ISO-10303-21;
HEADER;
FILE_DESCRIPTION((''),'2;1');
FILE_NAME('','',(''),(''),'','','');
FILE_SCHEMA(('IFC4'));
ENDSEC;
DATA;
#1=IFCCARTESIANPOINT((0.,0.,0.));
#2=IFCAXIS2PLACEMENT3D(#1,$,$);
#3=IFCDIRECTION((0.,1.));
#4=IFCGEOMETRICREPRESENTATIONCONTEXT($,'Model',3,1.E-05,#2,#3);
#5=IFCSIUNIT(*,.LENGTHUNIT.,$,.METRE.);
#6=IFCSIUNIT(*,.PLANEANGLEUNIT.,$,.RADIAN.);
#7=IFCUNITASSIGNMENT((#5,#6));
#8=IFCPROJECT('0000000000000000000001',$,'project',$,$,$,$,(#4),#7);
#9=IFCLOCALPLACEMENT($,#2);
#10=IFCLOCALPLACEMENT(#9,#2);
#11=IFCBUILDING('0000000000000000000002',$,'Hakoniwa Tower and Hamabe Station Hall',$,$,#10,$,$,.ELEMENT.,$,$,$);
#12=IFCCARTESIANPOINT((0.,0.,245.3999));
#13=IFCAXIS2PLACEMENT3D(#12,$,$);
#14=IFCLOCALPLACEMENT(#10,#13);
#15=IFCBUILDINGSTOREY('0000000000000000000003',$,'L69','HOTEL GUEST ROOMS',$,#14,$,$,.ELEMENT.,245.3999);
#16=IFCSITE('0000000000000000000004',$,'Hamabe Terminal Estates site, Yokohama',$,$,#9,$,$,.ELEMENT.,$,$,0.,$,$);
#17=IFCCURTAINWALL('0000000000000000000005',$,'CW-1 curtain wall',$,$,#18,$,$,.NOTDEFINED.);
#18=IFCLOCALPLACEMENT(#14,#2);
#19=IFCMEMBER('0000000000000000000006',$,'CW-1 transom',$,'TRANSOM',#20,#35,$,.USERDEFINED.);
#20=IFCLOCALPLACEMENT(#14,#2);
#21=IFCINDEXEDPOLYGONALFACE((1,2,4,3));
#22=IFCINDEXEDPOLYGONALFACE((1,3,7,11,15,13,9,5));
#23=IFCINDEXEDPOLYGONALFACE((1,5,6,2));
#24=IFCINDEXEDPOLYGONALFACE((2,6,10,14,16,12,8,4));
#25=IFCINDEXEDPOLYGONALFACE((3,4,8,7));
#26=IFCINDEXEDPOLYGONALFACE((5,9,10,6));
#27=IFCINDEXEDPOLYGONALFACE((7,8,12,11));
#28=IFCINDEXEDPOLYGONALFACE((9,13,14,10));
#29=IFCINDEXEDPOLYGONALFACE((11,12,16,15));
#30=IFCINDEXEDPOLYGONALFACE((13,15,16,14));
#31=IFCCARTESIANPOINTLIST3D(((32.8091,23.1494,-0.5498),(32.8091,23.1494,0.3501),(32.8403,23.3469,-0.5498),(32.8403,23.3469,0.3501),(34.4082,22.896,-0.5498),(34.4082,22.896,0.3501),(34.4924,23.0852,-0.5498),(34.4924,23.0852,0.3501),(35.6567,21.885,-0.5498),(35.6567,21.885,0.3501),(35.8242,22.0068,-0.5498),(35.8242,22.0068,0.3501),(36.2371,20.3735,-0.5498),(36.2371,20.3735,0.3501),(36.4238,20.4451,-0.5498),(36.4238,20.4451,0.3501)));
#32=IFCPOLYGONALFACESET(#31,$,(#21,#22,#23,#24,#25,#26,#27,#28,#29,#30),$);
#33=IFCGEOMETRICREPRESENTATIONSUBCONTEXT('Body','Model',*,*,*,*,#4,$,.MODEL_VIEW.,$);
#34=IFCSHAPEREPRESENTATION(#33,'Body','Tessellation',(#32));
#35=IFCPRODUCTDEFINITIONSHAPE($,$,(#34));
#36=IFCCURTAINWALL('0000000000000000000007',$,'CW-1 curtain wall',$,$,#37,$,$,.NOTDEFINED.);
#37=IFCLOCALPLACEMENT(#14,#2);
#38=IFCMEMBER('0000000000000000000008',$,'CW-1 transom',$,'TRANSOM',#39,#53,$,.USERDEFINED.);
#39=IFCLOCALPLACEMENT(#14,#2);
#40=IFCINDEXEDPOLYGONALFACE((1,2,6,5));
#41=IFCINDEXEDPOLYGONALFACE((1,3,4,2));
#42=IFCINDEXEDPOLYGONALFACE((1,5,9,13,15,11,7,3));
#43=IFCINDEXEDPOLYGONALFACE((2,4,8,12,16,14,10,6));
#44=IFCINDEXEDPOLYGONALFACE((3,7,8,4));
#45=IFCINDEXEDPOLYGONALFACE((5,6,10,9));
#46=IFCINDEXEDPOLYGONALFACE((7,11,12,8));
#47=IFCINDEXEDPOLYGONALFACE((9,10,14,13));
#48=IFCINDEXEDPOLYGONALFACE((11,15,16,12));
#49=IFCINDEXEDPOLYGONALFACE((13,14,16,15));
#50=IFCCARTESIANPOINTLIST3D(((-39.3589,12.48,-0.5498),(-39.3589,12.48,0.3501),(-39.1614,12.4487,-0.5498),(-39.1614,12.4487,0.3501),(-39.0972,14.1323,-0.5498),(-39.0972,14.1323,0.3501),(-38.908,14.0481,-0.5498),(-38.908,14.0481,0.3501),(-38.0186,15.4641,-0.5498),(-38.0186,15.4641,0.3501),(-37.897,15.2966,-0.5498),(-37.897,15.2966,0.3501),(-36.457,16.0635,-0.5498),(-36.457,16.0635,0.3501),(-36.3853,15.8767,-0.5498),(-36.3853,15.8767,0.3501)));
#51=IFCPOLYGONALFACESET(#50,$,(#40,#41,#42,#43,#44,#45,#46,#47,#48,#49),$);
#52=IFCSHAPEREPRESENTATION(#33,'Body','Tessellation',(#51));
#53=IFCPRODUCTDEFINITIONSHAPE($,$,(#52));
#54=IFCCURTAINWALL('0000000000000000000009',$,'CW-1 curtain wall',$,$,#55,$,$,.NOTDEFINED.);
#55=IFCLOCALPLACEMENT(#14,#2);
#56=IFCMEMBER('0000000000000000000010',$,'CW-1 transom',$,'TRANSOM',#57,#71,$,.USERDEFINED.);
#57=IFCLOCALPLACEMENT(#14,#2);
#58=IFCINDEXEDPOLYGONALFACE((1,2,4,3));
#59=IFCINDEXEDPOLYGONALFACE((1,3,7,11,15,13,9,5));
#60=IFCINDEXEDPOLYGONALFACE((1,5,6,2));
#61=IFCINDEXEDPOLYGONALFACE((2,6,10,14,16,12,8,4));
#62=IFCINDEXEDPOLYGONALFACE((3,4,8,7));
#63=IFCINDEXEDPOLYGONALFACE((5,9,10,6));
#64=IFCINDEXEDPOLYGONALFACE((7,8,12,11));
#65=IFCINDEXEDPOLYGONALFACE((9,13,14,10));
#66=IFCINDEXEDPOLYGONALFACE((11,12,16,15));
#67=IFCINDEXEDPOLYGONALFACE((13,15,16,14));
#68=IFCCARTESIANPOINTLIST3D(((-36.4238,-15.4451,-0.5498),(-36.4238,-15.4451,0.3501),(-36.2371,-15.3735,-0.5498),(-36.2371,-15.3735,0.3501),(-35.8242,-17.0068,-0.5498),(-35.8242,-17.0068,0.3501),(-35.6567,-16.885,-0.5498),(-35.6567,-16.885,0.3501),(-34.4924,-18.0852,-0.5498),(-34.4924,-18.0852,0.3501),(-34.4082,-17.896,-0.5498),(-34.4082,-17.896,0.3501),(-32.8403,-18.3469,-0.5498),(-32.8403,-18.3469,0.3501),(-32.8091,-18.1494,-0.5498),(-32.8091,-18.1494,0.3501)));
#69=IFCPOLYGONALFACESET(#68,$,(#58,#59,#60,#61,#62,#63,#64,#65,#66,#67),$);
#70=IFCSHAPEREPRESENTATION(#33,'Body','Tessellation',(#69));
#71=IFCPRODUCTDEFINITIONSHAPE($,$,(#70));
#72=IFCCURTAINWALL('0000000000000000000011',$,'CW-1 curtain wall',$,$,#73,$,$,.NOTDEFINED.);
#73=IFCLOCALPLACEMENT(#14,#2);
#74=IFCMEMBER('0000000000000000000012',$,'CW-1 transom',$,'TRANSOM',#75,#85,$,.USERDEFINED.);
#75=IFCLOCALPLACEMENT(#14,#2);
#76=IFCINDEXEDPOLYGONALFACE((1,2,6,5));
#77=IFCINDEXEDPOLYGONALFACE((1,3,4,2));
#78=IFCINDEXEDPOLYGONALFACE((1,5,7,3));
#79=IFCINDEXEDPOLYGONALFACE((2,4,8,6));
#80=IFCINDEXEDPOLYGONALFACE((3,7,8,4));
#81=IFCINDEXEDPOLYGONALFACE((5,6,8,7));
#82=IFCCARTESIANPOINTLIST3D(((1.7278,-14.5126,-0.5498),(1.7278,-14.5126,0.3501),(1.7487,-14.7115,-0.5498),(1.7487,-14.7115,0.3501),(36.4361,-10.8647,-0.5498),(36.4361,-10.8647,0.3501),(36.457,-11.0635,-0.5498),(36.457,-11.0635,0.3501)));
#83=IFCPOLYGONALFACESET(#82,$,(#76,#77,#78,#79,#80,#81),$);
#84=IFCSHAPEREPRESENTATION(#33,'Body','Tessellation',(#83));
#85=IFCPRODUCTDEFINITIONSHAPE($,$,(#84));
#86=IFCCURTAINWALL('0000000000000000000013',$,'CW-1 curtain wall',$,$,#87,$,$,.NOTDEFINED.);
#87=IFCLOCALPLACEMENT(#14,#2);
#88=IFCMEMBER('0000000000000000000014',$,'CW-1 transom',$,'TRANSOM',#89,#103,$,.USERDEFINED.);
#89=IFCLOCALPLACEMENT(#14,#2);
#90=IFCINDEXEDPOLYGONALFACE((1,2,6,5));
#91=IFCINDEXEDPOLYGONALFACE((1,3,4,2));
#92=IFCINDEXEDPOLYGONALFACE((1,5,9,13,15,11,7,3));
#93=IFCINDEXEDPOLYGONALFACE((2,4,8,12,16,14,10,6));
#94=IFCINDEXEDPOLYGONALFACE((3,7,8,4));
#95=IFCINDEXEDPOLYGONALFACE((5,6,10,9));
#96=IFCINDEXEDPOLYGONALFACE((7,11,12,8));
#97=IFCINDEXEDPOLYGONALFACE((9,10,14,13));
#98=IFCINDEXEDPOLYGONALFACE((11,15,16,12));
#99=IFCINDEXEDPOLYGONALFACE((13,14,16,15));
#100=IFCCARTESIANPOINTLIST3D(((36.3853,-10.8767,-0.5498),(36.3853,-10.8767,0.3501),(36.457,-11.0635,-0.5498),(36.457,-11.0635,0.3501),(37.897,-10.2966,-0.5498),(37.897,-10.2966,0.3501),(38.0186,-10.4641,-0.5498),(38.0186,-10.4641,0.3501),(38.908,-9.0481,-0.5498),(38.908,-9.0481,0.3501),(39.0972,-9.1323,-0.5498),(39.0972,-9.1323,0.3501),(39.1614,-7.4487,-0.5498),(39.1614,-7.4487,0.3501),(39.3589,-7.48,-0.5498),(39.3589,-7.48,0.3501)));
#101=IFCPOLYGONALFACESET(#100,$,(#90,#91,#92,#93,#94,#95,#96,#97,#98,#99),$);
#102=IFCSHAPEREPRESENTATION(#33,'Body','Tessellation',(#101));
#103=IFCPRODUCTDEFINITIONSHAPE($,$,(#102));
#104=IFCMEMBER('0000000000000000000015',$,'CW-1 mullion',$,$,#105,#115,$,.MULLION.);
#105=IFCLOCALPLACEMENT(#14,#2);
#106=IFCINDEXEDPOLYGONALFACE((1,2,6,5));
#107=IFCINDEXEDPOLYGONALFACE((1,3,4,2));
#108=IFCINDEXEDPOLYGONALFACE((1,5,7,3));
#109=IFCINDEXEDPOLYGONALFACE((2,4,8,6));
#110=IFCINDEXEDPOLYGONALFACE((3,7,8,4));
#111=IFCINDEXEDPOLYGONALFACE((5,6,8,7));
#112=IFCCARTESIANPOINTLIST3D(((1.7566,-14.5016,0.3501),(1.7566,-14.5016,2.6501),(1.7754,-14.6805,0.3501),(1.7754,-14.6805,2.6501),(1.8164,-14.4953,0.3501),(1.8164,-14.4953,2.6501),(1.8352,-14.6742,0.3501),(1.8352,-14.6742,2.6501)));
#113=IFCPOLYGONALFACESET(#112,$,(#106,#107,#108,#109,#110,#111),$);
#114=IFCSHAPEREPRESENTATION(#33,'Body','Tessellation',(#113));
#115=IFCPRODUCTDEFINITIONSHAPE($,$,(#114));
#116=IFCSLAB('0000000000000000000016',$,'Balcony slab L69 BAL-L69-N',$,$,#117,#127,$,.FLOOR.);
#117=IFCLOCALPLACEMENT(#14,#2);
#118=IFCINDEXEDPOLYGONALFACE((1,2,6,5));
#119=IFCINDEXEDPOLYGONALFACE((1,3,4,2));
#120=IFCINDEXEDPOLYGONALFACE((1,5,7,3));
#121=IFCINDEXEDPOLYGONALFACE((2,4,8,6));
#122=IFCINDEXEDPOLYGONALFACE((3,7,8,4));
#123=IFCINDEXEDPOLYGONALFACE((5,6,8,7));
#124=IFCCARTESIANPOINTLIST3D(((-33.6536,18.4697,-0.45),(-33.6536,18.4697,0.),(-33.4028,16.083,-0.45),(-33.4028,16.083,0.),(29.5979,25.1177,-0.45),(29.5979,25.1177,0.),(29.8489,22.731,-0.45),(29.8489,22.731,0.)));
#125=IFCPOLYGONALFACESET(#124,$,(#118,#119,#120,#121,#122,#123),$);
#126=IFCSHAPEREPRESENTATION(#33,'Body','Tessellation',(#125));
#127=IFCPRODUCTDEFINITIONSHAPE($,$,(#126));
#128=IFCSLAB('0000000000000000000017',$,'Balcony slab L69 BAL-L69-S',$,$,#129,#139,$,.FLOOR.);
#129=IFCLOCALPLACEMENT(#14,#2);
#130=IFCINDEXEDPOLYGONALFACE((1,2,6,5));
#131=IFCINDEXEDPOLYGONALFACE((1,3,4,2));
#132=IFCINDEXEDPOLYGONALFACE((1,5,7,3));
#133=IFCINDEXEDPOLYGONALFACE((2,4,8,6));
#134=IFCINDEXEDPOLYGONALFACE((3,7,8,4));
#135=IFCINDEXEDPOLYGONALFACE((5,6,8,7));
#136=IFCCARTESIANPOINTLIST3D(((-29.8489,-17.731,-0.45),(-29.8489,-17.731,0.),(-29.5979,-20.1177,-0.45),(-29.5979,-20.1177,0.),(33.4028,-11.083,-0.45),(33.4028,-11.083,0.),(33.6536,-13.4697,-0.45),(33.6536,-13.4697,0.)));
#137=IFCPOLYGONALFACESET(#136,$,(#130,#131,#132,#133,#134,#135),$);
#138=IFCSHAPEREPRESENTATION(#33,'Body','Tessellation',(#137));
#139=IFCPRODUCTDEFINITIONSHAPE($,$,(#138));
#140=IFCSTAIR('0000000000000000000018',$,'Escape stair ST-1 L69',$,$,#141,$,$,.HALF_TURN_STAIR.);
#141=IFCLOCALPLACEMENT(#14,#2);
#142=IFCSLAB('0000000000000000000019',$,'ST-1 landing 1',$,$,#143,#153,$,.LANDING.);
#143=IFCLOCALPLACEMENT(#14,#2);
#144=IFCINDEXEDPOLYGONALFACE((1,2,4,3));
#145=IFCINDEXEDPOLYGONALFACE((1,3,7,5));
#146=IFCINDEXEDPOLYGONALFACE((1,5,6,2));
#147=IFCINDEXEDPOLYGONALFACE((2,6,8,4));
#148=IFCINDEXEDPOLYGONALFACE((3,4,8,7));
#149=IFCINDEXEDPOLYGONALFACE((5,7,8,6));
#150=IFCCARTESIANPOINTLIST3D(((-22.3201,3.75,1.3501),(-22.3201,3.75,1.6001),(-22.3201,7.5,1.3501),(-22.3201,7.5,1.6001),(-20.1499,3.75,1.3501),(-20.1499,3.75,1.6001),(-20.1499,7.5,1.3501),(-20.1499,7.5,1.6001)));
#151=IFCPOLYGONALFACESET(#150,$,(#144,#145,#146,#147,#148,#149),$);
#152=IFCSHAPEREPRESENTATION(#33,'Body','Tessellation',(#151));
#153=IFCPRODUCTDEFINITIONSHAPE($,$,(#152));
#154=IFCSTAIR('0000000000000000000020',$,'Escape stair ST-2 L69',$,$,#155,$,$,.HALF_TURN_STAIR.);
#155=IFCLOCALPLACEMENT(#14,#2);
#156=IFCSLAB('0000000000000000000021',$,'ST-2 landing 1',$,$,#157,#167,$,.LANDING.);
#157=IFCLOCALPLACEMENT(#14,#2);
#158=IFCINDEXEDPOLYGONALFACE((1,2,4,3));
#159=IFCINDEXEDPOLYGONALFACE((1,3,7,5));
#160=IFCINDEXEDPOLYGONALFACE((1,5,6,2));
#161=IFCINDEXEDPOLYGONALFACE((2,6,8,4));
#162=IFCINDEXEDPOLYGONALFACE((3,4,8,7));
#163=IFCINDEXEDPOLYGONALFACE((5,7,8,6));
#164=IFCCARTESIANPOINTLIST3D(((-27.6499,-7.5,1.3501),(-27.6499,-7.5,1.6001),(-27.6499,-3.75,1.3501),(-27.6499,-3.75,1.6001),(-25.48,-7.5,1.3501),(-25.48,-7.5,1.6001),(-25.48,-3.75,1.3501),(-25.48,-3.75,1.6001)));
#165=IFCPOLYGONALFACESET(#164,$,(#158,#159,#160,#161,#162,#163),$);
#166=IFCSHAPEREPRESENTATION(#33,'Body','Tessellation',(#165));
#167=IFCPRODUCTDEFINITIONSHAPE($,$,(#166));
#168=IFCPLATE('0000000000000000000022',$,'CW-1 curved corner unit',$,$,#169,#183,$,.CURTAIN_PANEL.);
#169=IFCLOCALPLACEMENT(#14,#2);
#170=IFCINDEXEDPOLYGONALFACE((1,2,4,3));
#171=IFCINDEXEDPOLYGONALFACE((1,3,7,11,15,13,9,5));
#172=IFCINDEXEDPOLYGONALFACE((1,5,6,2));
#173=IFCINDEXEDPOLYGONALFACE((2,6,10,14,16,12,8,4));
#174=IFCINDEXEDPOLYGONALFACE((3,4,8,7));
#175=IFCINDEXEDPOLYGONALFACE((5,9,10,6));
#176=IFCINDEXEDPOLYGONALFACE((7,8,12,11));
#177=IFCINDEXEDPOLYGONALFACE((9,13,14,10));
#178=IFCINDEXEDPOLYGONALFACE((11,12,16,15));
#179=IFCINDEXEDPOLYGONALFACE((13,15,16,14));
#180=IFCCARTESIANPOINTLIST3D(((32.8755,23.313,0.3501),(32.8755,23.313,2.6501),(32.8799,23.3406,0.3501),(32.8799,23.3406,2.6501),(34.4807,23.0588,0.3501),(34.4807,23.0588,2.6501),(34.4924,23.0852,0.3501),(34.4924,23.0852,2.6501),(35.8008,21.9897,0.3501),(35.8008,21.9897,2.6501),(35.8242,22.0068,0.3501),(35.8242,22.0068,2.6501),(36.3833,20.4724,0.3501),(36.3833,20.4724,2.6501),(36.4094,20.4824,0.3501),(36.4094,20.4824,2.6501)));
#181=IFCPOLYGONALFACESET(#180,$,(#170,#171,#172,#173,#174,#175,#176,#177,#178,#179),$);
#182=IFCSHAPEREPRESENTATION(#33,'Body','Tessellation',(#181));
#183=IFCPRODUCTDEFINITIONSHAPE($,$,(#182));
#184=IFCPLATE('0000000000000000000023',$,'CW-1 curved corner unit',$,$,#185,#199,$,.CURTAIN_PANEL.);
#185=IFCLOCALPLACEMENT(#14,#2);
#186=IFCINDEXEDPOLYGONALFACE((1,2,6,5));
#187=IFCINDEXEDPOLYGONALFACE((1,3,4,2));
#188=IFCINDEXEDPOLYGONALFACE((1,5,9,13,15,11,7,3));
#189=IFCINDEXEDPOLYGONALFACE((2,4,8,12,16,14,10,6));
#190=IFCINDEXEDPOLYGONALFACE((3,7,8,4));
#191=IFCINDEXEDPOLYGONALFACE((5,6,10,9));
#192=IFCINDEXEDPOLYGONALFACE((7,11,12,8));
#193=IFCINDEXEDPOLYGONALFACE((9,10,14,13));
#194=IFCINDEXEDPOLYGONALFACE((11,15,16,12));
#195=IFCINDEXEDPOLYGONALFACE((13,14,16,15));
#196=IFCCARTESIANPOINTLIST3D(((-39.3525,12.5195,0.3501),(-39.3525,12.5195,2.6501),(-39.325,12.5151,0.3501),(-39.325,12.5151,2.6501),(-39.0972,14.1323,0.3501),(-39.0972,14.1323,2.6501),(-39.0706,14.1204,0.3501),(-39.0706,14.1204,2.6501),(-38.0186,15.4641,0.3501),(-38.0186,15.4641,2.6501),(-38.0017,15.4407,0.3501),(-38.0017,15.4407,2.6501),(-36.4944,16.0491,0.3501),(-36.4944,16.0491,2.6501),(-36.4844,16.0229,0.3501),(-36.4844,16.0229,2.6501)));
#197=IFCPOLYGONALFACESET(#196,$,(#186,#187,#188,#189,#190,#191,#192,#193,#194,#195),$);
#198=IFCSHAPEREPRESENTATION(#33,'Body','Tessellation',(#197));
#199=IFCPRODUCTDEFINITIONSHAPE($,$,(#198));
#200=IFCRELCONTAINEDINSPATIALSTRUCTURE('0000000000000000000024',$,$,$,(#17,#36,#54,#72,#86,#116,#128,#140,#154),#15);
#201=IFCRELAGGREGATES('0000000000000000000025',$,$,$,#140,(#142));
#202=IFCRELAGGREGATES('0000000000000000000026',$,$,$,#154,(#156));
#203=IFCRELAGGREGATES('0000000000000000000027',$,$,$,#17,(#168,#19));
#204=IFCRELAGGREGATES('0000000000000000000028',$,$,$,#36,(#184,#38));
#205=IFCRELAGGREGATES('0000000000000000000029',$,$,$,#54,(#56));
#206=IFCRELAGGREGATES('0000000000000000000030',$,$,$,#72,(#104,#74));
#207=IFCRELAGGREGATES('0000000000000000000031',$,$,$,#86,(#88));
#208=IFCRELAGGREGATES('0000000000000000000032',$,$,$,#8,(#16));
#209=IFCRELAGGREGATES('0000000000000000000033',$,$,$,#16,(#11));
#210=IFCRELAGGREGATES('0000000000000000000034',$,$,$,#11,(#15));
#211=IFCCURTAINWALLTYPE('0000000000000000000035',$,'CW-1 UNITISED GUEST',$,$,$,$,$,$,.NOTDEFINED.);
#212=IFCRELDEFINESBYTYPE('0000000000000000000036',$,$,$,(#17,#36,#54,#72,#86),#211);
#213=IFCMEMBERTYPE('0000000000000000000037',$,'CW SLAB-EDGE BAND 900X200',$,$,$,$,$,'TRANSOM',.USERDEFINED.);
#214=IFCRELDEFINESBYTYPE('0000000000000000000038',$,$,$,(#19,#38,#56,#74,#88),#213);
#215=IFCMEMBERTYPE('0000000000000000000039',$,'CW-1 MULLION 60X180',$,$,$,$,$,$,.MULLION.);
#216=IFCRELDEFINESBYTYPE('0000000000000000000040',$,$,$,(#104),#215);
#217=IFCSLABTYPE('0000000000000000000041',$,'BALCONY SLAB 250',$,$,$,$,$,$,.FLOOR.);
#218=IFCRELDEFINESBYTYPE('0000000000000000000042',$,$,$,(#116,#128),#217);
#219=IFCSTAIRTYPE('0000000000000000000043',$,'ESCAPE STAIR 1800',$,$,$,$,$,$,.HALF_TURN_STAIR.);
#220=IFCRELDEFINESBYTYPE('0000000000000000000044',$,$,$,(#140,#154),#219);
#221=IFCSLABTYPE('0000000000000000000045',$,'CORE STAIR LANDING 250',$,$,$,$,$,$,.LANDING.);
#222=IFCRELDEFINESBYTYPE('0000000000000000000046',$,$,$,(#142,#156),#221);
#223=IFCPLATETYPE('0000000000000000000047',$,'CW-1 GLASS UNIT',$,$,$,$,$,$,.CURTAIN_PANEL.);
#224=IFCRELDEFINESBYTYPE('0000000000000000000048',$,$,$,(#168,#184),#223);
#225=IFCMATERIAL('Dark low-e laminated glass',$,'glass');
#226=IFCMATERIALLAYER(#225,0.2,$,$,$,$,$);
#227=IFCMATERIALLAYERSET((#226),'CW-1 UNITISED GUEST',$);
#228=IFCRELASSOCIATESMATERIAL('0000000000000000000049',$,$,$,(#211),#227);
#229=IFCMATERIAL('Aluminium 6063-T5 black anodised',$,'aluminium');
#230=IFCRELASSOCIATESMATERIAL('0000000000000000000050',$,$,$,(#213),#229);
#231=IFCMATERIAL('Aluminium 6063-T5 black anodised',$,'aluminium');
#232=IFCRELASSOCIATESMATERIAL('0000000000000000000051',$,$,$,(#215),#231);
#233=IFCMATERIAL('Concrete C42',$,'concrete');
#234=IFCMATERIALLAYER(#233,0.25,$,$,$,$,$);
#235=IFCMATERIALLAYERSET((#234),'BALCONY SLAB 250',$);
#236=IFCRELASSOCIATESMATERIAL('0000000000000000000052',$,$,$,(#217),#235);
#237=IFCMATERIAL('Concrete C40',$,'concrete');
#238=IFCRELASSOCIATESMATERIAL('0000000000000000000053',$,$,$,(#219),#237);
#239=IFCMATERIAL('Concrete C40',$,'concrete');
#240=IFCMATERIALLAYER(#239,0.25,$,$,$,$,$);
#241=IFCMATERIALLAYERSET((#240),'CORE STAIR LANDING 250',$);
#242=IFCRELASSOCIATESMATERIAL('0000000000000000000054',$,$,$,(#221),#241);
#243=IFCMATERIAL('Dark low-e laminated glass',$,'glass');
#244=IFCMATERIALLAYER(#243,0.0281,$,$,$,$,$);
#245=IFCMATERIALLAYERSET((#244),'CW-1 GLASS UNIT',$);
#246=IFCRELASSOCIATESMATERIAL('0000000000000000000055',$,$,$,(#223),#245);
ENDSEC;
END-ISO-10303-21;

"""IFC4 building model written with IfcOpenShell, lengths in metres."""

from ifc_helpers import new_model, si_unit, direction, frame, origin, origin_2d, place, context, subcontext, project, spatial, polyline, rectangle, outline, extrude, material, layer, layer_set, material_profile, profile_set, type_object, element, aggregate, save


model = new_model("IFC4")

# Units and contexts
model_context = context("Model", 3, precision=1e-05, world=origin(), true_north=direction((0.0, 1.0)))
body_context = subcontext(model_context, "Body", "Model", "MODEL_VIEW")
ifc_project = project(units=[si_unit("LENGTHUNIT", "METRE"), si_unit("PLANEANGLEUNIT", "RADIAN")], contexts=[model_context])

# Site, building, storey
site_placement = place(None, origin())
site = spatial("IfcSite", under=ifc_project, at=site_placement, Name="Hamabe Terminal Estates site, Yokohama", CompositionType="ELEMENT", RefElevation=0.0)
building_placement = place(site_placement, origin())
building = spatial("IfcBuilding", under=site, at=building_placement, Name="Hakoniwa Tower and Hamabe Station Hall", CompositionType="ELEMENT")
storey_placement = place(building_placement, frame((0.0, 0.0, 245.3999)))
storey = spatial("IfcBuildingStorey", under=building, at=storey_placement, Name="L69", Description="HOTEL GUEST ROOMS", CompositionType="ELEMENT", Elevation=245.3999)

# Curtain walls, members
ifc_material_1 = material(Name="Dark low-e laminated glass", Category="glass")
ifc_layer_1 = layer(ifc_material_1, 0.2)
ifc_layer_set_1 = layer_set([ifc_layer_1], Name="CW-1 UNITISED GUEST")
curtain_wall_type = type_object("IfcCurtainWallType", Name="CW-1 UNITISED GUEST", PredefinedType="NOTDEFINED", material=ifc_layer_set_1)
curtain_wall_1_placement = place(storey_placement, origin())
curtain_wall_1 = element("IfcCurtainWall", 1, at=curtain_wall_1_placement, inside=storey, type_object=curtain_wall_type, Name="CW-1 curtain wall", PredefinedType="NOTDEFINED")
ifc_material_2 = material(Name="Aluminium 6063-T5 black anodised", Category="aluminium")
ifc_material_profile_1 = material_profile(ifc_material_2, rectangle(XDim=0.2, YDim=0.8999, at=origin_2d()), Name="CW SLAB-EDGE BAND 900X200")
ifc_profile_set_1 = profile_set([ifc_material_profile_1], Name="Aluminium 6063-T5 black anodised")
member_type_1 = type_object("IfcMemberType", Name="CW SLAB-EDGE BAND 900X200", ElementType="TRANSOM", PredefinedType="USERDEFINED", material=ifc_profile_set_1)
member_1_placement = place(storey_placement, frame((0.0, 0.0, -0.5498)))
member_1 = element("IfcMember", 2, at=member_1_placement, type_object=member_type_1, Name="CW-1 transom", ObjectType="TRANSOM", PredefinedType="USERDEFINED", context=body_context, shape_type="SweptSolid", body=[
    extrude(outline(polyline([(36.4238, 20.4451), (35.8242, 22.0068), (34.4924, 23.0852), (32.8403, 23.3469), (32.8091, 23.1494), (34.4082, 22.896), (35.6567, 21.885), (36.2371, 20.3735), (36.4238, 20.4451)])), origin(), (0.0, 0.0, 1.0), 0.8999),
])
curtain_wall_2_placement = place(storey_placement, origin())
curtain_wall_2 = element("IfcCurtainWall", 3, at=curtain_wall_2_placement, inside=storey, type_object=curtain_wall_type, Name="CW-1 curtain wall", PredefinedType="NOTDEFINED")
member_2_placement = place(storey_placement, frame((0.0, 0.0, -0.5498)))
member_2 = element("IfcMember", 4, at=member_2_placement, type_object=member_type_1, Name="CW-1 transom", ObjectType="TRANSOM", PredefinedType="USERDEFINED", context=body_context, shape_type="SweptSolid", body=[
    extrude(outline(polyline([(-36.457, 16.0635), (-38.0186, 15.4641), (-39.0972, 14.1323), (-39.3589, 12.48), (-39.1614, 12.4487), (-38.908, 14.0481), (-37.897, 15.2966), (-36.3853, 15.8767), (-36.457, 16.0635)])), origin(), (0.0, 0.0, 1.0), 0.8999),
])
curtain_wall_3_placement = place(storey_placement, origin())
curtain_wall_3 = element("IfcCurtainWall", 5, at=curtain_wall_3_placement, inside=storey, type_object=curtain_wall_type, Name="CW-1 curtain wall", PredefinedType="NOTDEFINED")
member_3_placement = place(storey_placement, frame((0.0, 0.0, -0.5498)))
member_3 = element("IfcMember", 6, at=member_3_placement, type_object=member_type_1, Name="CW-1 transom", ObjectType="TRANSOM", PredefinedType="USERDEFINED", context=body_context, shape_type="SweptSolid", body=[
    extrude(outline(polyline([(-36.4238, -15.4451), (-35.8242, -17.0068), (-34.4924, -18.0852), (-32.8403, -18.3469), (-32.8091, -18.1494), (-34.4082, -17.896), (-35.6567, -16.885), (-36.2371, -15.3735), (-36.4238, -15.4451)])), origin(), (0.0, 0.0, 1.0), 0.8999),
])
curtain_wall_4_placement = place(storey_placement, origin())
curtain_wall_4 = element("IfcCurtainWall", 7, at=curtain_wall_4_placement, inside=storey, type_object=curtain_wall_type, Name="CW-1 curtain wall", PredefinedType="NOTDEFINED")
member_4_placement = place(storey_placement, frame((1.7383, -14.6121, -0.0999), z_axis=(0.994522, 0.104527, 0.0), x_axis=(-0.104527, 0.994522, 0.0)))
member_4 = element("IfcMember", 8, at=member_4_placement, type_object=member_type_1, Name="CW-1 transom", ObjectType="TRANSOM", PredefinedType="USERDEFINED", context=body_context, shape_type="SweptSolid", body=[
    extrude(rectangle(XDim=0.2, YDim=0.8999, at=origin_2d()), origin(), (0.0, 0.0, 1.0), 34.8994),
])
curtain_wall_5_placement = place(storey_placement, origin())
curtain_wall_5 = element("IfcCurtainWall", 9, at=curtain_wall_5_placement, inside=storey, type_object=curtain_wall_type, Name="CW-1 curtain wall", PredefinedType="NOTDEFINED")
member_5_placement = place(storey_placement, frame((0.0, 0.0, -0.5498)))
member_5 = element("IfcMember", 10, at=member_5_placement, type_object=member_type_1, Name="CW-1 transom", ObjectType="TRANSOM", PredefinedType="USERDEFINED", context=body_context, shape_type="SweptSolid", body=[
    extrude(outline(polyline([(36.457, -11.0635), (38.0186, -10.4641), (39.0972, -9.1323), (39.3589, -7.48), (39.1614, -7.4487), (38.908, -9.0481), (37.897, -10.2966), (36.3853, -10.8767), (36.457, -11.0635)])), origin(), (0.0, 0.0, 1.0), 0.8999),
])

# Member
ifc_material_3 = material(Name="Aluminium 6063-T5 black anodised", Category="aluminium")
ifc_material_profile_2 = material_profile(ifc_material_3, rectangle(XDim=0.0601, YDim=0.1799, at=origin_2d()), Name="CW-1 MULLION 60X180")
ifc_profile_set_2 = profile_set([ifc_material_profile_2], Name="Aluminium 6063-T5 black anodised")
member_type_2 = type_object("IfcMemberType", Name="CW-1 MULLION 60X180", PredefinedType="MULLION", material=ifc_profile_set_2)
member_6_placement = place(storey_placement, frame((1.7959, -14.5879, 0.3501), z_axis=(0.0, 0.0, 1.0), x_axis=(0.994522, 0.104528, 0.0)))
member_6 = element("IfcMember", 11, at=member_6_placement, type_object=member_type_2, Name="CW-1 mullion", PredefinedType="MULLION", context=body_context, shape_type="SweptSolid", body=[
    extrude(rectangle(XDim=0.0601, YDim=0.1799, at=origin_2d()), origin(), (0.0, 0.0, 1.0), 2.3),
])

# Slabs
ifc_material_4 = material(Name="Concrete C42", Category="concrete")
ifc_layer_2 = layer(ifc_material_4, 0.25)
ifc_layer_set_2 = layer_set([ifc_layer_2], Name="BALCONY SLAB 250")
slab_type_1 = type_object("IfcSlabType", Name="BALCONY SLAB 250", PredefinedType="FLOOR", material=ifc_layer_set_2)
slab_1_placement = place(storey_placement, frame((0.0, 0.0, -0.45)))
element("IfcSlab", 12, at=slab_1_placement, inside=storey, type_object=slab_type_1, Name="Balcony slab L69 BAL-L69-N", PredefinedType="FLOOR", context=body_context, shape_type="SweptSolid", body=[
    extrude(outline(polyline([(-33.4028, 16.083), (29.8489, 22.731), (29.5979, 25.1177), (-33.6536, 18.4697), (-33.4028, 16.083)])), origin(), (0.0, 0.0, 1.0), 0.45),
])
slab_2_placement = place(storey_placement, frame((0.0, 0.0, -0.45)))
element("IfcSlab", 13, at=slab_2_placement, inside=storey, type_object=slab_type_1, Name="Balcony slab L69 BAL-L69-S", PredefinedType="FLOOR", context=body_context, shape_type="SweptSolid", body=[
    extrude(outline(polyline([(-29.5979, -20.1177), (33.6536, -13.4697), (33.4028, -11.083), (-29.8489, -17.731), (-29.5979, -20.1177)])), origin(), (0.0, 0.0, 1.0), 0.45),
])

# Stairs, slabs
ifc_material_5 = material(Name="Concrete C40", Category="concrete")
stair_type = type_object("IfcStairType", Name="ESCAPE STAIR 1800", PredefinedType="HALF_TURN_STAIR", material=ifc_material_5)
stair_1_placement = place(storey_placement, origin())
stair_1 = element("IfcStair", 14, at=stair_1_placement, inside=storey, type_object=stair_type, Name="Escape stair ST-1 L69", PredefinedType="HALF_TURN_STAIR")
ifc_material_6 = material(Name="Concrete C40", Category="concrete")
ifc_layer_3 = layer(ifc_material_6, 0.25)
ifc_layer_set_3 = layer_set([ifc_layer_3], Name="CORE STAIR LANDING 250")
slab_type_2 = type_object("IfcSlabType", Name="CORE STAIR LANDING 250", PredefinedType="LANDING", material=ifc_layer_set_3)
slab_3_placement = place(storey_placement, frame((0.0, 0.0, 1.3501)))
slab_3 = element("IfcSlab", 15, at=slab_3_placement, type_object=slab_type_2, Name="ST-1 landing 1", PredefinedType="LANDING", context=body_context, shape_type="SweptSolid", body=[
    extrude(outline(polyline([(-22.3201, 3.75), (-20.1499, 3.75), (-20.1499, 7.5), (-22.3201, 7.5), (-22.3201, 3.75)])), origin(), (0.0, 0.0, 1.0), 0.25),
])
aggregate(stair_1, [slab_3])
stair_2_placement = place(storey_placement, origin())
stair_2 = element("IfcStair", 16, at=stair_2_placement, inside=storey, type_object=stair_type, Name="Escape stair ST-2 L69", PredefinedType="HALF_TURN_STAIR")
slab_4_placement = place(storey_placement, frame((0.0, 0.0, 1.3501)))
slab_4 = element("IfcSlab", 17, at=slab_4_placement, type_object=slab_type_2, Name="ST-2 landing 1", PredefinedType="LANDING", context=body_context, shape_type="SweptSolid", body=[
    extrude(outline(polyline([(-25.48, -7.5), (-27.6499, -7.5), (-27.6499, -3.75), (-25.48, -3.75), (-25.48, -7.5)])), origin(), (0.0, 0.0, 1.0), 0.25),
])
aggregate(stair_2, [slab_4])

# Plates
ifc_material_7 = material(Name="Dark low-e laminated glass", Category="glass")
ifc_layer_4 = layer(ifc_material_7, 0.0281)
ifc_layer_set_4 = layer_set([ifc_layer_4], Name="CW-1 GLASS UNIT")
plate_type = type_object("IfcPlateType", Name="CW-1 GLASS UNIT", PredefinedType="CURTAIN_PANEL", material=ifc_layer_set_4)
plate_1_placement = place(storey_placement, frame((0.0, 0.0, 0.3501)))
plate_1 = element("IfcPlate", 18, at=plate_1_placement, type_object=plate_type, Name="CW-1 curved corner unit", PredefinedType="CURTAIN_PANEL", context=body_context, shape_type="SweptSolid", body=[
    extrude(outline(polyline([(36.4094, 20.4824), (35.8242, 22.0068), (34.4924, 23.0852), (32.8799, 23.3406), (32.8755, 23.313), (34.4807, 23.0588), (35.8008, 21.9897), (36.3833, 20.4724), (36.4094, 20.4824)])), origin(), (0.0, 0.0, 1.0), 2.3),
])
aggregate(curtain_wall_1, [plate_1, member_1])
plate_2_placement = place(storey_placement, frame((0.0, 0.0, 0.3501)))
plate_2 = element("IfcPlate", 19, at=plate_2_placement, type_object=plate_type, Name="CW-1 curved corner unit", PredefinedType="CURTAIN_PANEL", context=body_context, shape_type="SweptSolid", body=[
    extrude(outline(polyline([(-36.4944, 16.0491), (-38.0186, 15.4641), (-39.0972, 14.1323), (-39.3525, 12.5195), (-39.325, 12.5151), (-39.0706, 14.1204), (-38.0017, 15.4407), (-36.4844, 16.0229), (-36.4944, 16.0491)])), origin(), (0.0, 0.0, 1.0), 2.3),
])
aggregate(curtain_wall_2, [plate_2, member_2])
aggregate(curtain_wall_3, [member_3])
aggregate(curtain_wall_4, [member_6, member_4])
aggregate(curtain_wall_5, [member_5])

save(model, "model.ifc")
